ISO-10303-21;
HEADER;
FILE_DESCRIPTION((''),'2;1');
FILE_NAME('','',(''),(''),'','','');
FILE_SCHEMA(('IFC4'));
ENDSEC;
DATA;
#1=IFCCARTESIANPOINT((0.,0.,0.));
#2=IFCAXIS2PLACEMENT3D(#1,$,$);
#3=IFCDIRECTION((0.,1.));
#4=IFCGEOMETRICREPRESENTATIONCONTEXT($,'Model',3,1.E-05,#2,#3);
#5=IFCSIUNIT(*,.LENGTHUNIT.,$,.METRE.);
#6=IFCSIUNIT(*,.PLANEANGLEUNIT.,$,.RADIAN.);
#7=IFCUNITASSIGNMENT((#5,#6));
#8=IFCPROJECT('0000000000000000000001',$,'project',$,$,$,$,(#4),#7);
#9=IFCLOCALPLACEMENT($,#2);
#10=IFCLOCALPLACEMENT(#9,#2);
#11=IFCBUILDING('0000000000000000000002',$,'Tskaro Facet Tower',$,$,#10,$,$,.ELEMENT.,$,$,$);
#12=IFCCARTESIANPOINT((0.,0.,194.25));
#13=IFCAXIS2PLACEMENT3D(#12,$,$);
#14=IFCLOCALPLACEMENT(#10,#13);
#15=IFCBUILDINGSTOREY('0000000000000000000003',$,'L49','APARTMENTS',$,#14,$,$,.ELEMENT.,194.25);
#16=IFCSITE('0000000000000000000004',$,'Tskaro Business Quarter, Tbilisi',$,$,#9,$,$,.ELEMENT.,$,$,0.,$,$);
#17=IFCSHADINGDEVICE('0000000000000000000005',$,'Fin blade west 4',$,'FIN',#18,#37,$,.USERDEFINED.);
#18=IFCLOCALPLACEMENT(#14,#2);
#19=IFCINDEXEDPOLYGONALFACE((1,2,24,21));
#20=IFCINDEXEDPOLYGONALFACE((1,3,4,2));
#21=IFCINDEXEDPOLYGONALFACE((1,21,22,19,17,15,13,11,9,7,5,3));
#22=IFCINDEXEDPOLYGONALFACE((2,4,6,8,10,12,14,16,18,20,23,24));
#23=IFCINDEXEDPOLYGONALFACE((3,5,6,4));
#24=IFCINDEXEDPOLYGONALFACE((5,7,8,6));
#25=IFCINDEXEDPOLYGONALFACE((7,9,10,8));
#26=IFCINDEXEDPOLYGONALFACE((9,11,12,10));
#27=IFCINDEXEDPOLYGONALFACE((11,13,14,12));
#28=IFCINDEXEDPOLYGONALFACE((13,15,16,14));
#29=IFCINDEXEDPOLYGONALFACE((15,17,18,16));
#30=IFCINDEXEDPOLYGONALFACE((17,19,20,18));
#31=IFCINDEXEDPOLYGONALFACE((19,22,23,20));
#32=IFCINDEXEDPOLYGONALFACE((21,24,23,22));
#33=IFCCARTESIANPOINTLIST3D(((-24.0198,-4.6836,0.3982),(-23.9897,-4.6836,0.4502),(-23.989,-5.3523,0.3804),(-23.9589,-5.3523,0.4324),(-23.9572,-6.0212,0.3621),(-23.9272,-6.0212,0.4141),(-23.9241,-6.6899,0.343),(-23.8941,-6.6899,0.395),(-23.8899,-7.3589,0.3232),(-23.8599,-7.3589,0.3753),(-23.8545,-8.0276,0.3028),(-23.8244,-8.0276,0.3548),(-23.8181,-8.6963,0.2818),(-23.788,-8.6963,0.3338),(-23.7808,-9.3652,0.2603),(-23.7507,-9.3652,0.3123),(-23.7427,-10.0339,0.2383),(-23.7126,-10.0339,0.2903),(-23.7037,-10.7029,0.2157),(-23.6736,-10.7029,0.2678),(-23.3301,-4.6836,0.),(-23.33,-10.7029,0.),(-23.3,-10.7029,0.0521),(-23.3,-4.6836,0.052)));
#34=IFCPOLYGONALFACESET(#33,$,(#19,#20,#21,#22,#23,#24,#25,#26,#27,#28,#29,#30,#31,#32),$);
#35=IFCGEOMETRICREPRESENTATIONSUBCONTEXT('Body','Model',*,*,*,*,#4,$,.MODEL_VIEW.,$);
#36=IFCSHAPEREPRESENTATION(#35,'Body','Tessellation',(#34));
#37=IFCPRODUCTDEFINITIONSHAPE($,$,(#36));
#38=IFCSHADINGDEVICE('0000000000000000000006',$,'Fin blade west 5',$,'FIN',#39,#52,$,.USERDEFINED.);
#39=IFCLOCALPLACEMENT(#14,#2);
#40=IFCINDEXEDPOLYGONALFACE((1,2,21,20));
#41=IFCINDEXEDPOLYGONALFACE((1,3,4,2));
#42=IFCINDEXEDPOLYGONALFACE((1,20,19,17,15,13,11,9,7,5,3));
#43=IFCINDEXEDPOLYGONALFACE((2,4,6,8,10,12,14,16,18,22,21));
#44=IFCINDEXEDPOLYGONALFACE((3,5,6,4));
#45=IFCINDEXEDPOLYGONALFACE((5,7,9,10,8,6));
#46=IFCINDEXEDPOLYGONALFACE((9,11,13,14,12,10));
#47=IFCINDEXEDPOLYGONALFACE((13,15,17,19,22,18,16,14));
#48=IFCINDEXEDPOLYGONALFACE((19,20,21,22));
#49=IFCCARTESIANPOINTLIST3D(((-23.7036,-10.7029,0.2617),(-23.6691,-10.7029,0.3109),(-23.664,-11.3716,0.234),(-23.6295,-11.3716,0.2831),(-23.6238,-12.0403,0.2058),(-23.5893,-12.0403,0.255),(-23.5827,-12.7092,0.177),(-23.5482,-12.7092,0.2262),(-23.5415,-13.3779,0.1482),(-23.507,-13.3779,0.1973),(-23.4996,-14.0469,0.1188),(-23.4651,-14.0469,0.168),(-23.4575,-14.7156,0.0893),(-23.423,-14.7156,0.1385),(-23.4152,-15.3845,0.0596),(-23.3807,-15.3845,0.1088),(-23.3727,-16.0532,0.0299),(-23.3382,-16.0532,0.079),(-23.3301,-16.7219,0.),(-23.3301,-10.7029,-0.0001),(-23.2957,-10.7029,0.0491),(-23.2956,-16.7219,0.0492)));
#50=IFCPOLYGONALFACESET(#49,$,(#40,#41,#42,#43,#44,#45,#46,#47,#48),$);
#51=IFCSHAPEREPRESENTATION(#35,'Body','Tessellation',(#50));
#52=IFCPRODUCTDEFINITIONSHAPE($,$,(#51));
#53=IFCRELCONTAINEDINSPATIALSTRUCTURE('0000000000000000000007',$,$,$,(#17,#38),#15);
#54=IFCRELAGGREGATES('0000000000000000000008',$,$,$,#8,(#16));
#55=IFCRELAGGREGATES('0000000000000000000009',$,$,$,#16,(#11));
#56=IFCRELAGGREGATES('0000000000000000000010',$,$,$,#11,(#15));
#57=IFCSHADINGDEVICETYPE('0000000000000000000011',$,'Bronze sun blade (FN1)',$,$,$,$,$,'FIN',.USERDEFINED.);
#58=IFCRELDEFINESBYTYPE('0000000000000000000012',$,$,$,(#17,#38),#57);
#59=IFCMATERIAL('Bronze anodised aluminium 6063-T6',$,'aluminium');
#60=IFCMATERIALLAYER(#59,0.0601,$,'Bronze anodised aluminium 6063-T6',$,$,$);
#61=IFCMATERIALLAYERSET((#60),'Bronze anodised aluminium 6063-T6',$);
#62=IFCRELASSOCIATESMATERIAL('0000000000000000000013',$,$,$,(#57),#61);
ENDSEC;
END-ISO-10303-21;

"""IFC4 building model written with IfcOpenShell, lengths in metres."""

from ifc_helpers import new_model, si_unit, direction, frame, origin, place, context, subcontext, project, spatial, polyline, outline, extrude, material, layer, layer_set, type_object, element, save


model = new_model("IFC4")

# Units and contexts
model_context = context("Model", 3, precision=1e-05, world=origin(), true_north=direction((0.0, 1.0)))
body_context = subcontext(model_context, "Body", "Model", "MODEL_VIEW")
ifc_project = project(units=[si_unit("LENGTHUNIT", "METRE"), si_unit("PLANEANGLEUNIT", "RADIAN")], contexts=[model_context])

# Site, building, storey
site_placement = place(None, origin())
site = spatial("IfcSite", under=ifc_project, at=site_placement, Name="Tskaro Business Quarter, Tbilisi", CompositionType="ELEMENT", RefElevation=0.0)
building_placement = place(site_placement, origin())
building = spatial("IfcBuilding", under=site, at=building_placement, Name="Tskaro Facet Tower", CompositionType="ELEMENT")
storey_placement = place(building_placement, frame((0.0, 0.0, 194.25)))
storey = spatial("IfcBuildingStorey", under=building, at=storey_placement, Name="L49", Description="APARTMENTS", CompositionType="ELEMENT", Elevation=194.25)

# Shared definitions
ifc_material_1 = material(Name="Bronze anodised aluminium 6063-T6", Category="aluminium")

# Shading devices
ifc_layer_1 = layer(ifc_material_1, 0.0601, Name="Bronze anodised aluminium 6063-T6")
ifc_layer_set_1 = layer_set([ifc_layer_1], Name="Bronze anodised aluminium 6063-T6")
shading_device_type = type_object("IfcShadingDeviceType", Name="Bronze sun blade (FN1)", ElementType="FIN", PredefinedType="USERDEFINED", material=ifc_layer_set_1)
shading_device_1_placement = place(storey_placement, frame((-23.3, -4.6836, 0.052), z_axis=(0.500016, 0.00001, 0.866016), x_axis=(0.000005, -1.0, 0.000008)))
element("IfcShadingDevice", 1, at=shading_device_1_placement, inside=storey, type_object=shading_device_type, Name="Fin blade west 4", ObjectType="FIN", PredefinedType="USERDEFINED", context=body_context, shape_type="SweptSolid", body=[
    extrude(outline(polyline([(0.0, 0.0), (6.0193, 0.0), (6.0193, -0.4314), (5.3503, -0.4765), (4.6816, -0.5204), (4.0127, -0.5635), (3.344, -0.6055), (2.6753, -0.6464), (2.0063, -0.6859), (1.3376, -0.7242), (0.6687, -0.7608), (0.0, -0.7964), (0.0, 0.0)])), origin(), (0.0, 0.0, -1.0), 0.0601),
])
shading_device_2_placement = place(storey_placement, frame((-23.2957, -10.7029, 0.0491), z_axis=(0.574053, 0.000022, 0.818818), x_axis=(0.000013, -1.0, 0.000018)))
element("IfcShadingDevice", 2, at=shading_device_2_placement, inside=storey, type_object=shading_device_type, Name="Fin blade west 5", ObjectType="FIN", PredefinedType="USERDEFINED", context=body_context, shape_type="SweptSolid", body=[
    extrude(outline(polyline([(0.0, 0.0), (6.019, 0.0), (5.3503, -0.052), (4.6816, -0.1039), (4.0127, -0.1556), (3.344, -0.207), (2.675, -0.2582), (2.0063, -0.3085), (1.3374, -0.3586), (0.6687, -0.4077), (0.0, -0.4561), (0.0, 0.0)])), origin(), (0.0, 0.0, -1.0), 0.0601),
])

save(model, "model.ifc")
